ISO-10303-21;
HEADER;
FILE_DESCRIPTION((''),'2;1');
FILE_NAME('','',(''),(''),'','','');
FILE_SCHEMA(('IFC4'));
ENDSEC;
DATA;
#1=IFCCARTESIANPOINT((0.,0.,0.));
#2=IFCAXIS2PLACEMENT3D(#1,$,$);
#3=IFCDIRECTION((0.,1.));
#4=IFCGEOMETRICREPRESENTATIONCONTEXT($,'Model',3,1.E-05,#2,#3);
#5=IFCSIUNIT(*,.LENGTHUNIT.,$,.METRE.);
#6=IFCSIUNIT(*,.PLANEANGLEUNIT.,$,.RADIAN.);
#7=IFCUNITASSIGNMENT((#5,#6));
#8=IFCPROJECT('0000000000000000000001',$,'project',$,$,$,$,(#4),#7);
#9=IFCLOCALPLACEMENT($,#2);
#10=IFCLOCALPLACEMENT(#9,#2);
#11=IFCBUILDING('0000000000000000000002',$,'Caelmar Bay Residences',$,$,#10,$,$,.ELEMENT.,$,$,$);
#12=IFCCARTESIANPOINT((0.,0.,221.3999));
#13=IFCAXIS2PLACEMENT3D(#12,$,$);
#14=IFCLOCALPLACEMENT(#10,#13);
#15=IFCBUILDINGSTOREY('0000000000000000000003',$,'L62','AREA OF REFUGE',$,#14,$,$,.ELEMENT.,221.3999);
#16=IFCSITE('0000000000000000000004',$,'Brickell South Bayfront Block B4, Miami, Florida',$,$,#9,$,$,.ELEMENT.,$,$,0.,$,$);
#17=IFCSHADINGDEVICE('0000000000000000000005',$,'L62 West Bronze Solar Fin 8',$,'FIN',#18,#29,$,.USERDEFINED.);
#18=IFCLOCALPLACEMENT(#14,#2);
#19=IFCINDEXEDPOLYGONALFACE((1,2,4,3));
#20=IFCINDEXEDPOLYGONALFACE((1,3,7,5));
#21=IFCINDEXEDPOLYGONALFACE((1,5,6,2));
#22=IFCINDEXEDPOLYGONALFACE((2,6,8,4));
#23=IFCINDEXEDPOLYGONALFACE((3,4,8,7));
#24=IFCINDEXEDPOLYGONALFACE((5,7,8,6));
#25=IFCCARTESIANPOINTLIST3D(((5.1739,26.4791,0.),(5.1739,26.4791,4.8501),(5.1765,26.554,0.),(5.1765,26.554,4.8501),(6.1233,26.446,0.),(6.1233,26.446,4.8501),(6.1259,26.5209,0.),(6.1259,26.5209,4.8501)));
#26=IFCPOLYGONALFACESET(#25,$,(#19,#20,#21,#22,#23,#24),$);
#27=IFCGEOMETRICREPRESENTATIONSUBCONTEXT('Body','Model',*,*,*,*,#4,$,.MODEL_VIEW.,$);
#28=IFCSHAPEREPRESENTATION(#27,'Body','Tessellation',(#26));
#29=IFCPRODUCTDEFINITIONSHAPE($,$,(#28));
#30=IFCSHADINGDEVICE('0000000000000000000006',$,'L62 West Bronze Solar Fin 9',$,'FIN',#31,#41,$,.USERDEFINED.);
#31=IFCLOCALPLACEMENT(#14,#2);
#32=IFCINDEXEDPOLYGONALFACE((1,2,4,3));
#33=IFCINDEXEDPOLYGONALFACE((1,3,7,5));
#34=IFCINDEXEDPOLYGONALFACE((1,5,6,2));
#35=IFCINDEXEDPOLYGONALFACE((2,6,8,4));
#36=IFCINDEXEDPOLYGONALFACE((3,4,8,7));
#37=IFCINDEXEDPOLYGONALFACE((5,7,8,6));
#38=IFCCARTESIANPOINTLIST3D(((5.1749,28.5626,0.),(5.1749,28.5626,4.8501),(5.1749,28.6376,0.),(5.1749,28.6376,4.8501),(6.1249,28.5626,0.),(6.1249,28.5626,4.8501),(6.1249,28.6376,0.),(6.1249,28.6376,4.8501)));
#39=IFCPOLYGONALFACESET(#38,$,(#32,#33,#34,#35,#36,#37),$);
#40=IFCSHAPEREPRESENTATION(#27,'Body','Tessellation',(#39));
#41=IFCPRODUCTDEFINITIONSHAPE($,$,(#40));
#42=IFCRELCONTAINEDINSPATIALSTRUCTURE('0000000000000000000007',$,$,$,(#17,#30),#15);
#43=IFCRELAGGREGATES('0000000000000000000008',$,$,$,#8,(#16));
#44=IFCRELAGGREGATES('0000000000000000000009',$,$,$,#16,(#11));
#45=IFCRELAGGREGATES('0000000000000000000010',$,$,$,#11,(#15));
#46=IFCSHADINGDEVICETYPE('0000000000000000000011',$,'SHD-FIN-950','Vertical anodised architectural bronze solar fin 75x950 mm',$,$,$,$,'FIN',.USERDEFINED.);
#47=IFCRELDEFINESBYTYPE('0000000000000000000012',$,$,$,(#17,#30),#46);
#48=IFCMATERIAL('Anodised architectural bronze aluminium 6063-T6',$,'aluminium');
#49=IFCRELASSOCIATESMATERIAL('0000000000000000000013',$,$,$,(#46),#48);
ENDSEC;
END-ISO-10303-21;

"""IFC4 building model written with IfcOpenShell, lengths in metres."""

from ifc_helpers import new_model, si_unit, direction, frame, origin, origin_2d, place, context, subcontext, project, spatial, rectangle, extrude, material, material_profile, profile_set, type_object, element, save


model = new_model("IFC4")

# Units and contexts
model_context = context("Model", 3, precision=1e-05, world=origin(), true_north=direction((0.0, 1.0)))
body_context = subcontext(model_context, "Body", "Model", "MODEL_VIEW")
ifc_project = project(units=[si_unit("LENGTHUNIT", "METRE"), si_unit("PLANEANGLEUNIT", "RADIAN")], contexts=[model_context])

# Site, building, storey
site_placement = place(None, origin())
site = spatial("IfcSite", under=ifc_project, at=site_placement, Name="Brickell South Bayfront Block B4, Miami, Florida", CompositionType="ELEMENT", RefElevation=0.0)
building_placement = place(site_placement, origin())
building = spatial("IfcBuilding", under=site, at=building_placement, Name="Caelmar Bay Residences", CompositionType="ELEMENT")
storey_placement = place(building_placement, frame((0.0, 0.0, 221.3999)))
storey = spatial("IfcBuildingStorey", under=building, at=storey_placement, Name="L62", Description="AREA OF REFUGE", CompositionType="ELEMENT", Elevation=221.3999)

# Shading devices
ifc_material_1 = material(Name="Anodised architectural bronze aluminium 6063-T6", Category="aluminium")
ifc_material_profile_1 = material_profile(ifc_material_1, rectangle(XDim=0.075, YDim=0.95, at=origin_2d()), Name="BRONZE-FIN-75X950")
ifc_profile_set_1 = profile_set([ifc_material_profile_1], Name="Anodised architectural bronze aluminium 6063-T6")
shading_device_type = type_object("IfcShadingDeviceType", Name="SHD-FIN-950", Description="Vertical anodised architectural bronze solar fin 75x950 mm", ElementType="FIN", PredefinedType="USERDEFINED", material=ifc_profile_set_1)
for number, where, z_axis, x_axis, name in (
    (1, (5.6499, 26.5, 0.0), (0.0, 0.0, 1.0), (0.034899, 0.999391, 0.0), "L62 West Bronze Solar Fin 8"),
    (2, (5.6499, 28.6001, 0.0), (0.0, 0.0, 1.0), (0.0, 1.0, 0.0), "L62 West Bronze Solar Fin 9"),
):
    element("IfcShadingDevice", number, at=place(storey_placement, frame(where, z_axis=z_axis, x_axis=x_axis)), inside=storey, type_object=shading_device_type, Name=name, ObjectType="FIN", PredefinedType="USERDEFINED", context=body_context, shape_type="SweptSolid", body=[
        extrude(rectangle(XDim=0.075, YDim=0.95, at=origin_2d()), origin(), (0.0, 0.0, 1.0), 4.8501),
    ])

save(model, "model.ifc")
